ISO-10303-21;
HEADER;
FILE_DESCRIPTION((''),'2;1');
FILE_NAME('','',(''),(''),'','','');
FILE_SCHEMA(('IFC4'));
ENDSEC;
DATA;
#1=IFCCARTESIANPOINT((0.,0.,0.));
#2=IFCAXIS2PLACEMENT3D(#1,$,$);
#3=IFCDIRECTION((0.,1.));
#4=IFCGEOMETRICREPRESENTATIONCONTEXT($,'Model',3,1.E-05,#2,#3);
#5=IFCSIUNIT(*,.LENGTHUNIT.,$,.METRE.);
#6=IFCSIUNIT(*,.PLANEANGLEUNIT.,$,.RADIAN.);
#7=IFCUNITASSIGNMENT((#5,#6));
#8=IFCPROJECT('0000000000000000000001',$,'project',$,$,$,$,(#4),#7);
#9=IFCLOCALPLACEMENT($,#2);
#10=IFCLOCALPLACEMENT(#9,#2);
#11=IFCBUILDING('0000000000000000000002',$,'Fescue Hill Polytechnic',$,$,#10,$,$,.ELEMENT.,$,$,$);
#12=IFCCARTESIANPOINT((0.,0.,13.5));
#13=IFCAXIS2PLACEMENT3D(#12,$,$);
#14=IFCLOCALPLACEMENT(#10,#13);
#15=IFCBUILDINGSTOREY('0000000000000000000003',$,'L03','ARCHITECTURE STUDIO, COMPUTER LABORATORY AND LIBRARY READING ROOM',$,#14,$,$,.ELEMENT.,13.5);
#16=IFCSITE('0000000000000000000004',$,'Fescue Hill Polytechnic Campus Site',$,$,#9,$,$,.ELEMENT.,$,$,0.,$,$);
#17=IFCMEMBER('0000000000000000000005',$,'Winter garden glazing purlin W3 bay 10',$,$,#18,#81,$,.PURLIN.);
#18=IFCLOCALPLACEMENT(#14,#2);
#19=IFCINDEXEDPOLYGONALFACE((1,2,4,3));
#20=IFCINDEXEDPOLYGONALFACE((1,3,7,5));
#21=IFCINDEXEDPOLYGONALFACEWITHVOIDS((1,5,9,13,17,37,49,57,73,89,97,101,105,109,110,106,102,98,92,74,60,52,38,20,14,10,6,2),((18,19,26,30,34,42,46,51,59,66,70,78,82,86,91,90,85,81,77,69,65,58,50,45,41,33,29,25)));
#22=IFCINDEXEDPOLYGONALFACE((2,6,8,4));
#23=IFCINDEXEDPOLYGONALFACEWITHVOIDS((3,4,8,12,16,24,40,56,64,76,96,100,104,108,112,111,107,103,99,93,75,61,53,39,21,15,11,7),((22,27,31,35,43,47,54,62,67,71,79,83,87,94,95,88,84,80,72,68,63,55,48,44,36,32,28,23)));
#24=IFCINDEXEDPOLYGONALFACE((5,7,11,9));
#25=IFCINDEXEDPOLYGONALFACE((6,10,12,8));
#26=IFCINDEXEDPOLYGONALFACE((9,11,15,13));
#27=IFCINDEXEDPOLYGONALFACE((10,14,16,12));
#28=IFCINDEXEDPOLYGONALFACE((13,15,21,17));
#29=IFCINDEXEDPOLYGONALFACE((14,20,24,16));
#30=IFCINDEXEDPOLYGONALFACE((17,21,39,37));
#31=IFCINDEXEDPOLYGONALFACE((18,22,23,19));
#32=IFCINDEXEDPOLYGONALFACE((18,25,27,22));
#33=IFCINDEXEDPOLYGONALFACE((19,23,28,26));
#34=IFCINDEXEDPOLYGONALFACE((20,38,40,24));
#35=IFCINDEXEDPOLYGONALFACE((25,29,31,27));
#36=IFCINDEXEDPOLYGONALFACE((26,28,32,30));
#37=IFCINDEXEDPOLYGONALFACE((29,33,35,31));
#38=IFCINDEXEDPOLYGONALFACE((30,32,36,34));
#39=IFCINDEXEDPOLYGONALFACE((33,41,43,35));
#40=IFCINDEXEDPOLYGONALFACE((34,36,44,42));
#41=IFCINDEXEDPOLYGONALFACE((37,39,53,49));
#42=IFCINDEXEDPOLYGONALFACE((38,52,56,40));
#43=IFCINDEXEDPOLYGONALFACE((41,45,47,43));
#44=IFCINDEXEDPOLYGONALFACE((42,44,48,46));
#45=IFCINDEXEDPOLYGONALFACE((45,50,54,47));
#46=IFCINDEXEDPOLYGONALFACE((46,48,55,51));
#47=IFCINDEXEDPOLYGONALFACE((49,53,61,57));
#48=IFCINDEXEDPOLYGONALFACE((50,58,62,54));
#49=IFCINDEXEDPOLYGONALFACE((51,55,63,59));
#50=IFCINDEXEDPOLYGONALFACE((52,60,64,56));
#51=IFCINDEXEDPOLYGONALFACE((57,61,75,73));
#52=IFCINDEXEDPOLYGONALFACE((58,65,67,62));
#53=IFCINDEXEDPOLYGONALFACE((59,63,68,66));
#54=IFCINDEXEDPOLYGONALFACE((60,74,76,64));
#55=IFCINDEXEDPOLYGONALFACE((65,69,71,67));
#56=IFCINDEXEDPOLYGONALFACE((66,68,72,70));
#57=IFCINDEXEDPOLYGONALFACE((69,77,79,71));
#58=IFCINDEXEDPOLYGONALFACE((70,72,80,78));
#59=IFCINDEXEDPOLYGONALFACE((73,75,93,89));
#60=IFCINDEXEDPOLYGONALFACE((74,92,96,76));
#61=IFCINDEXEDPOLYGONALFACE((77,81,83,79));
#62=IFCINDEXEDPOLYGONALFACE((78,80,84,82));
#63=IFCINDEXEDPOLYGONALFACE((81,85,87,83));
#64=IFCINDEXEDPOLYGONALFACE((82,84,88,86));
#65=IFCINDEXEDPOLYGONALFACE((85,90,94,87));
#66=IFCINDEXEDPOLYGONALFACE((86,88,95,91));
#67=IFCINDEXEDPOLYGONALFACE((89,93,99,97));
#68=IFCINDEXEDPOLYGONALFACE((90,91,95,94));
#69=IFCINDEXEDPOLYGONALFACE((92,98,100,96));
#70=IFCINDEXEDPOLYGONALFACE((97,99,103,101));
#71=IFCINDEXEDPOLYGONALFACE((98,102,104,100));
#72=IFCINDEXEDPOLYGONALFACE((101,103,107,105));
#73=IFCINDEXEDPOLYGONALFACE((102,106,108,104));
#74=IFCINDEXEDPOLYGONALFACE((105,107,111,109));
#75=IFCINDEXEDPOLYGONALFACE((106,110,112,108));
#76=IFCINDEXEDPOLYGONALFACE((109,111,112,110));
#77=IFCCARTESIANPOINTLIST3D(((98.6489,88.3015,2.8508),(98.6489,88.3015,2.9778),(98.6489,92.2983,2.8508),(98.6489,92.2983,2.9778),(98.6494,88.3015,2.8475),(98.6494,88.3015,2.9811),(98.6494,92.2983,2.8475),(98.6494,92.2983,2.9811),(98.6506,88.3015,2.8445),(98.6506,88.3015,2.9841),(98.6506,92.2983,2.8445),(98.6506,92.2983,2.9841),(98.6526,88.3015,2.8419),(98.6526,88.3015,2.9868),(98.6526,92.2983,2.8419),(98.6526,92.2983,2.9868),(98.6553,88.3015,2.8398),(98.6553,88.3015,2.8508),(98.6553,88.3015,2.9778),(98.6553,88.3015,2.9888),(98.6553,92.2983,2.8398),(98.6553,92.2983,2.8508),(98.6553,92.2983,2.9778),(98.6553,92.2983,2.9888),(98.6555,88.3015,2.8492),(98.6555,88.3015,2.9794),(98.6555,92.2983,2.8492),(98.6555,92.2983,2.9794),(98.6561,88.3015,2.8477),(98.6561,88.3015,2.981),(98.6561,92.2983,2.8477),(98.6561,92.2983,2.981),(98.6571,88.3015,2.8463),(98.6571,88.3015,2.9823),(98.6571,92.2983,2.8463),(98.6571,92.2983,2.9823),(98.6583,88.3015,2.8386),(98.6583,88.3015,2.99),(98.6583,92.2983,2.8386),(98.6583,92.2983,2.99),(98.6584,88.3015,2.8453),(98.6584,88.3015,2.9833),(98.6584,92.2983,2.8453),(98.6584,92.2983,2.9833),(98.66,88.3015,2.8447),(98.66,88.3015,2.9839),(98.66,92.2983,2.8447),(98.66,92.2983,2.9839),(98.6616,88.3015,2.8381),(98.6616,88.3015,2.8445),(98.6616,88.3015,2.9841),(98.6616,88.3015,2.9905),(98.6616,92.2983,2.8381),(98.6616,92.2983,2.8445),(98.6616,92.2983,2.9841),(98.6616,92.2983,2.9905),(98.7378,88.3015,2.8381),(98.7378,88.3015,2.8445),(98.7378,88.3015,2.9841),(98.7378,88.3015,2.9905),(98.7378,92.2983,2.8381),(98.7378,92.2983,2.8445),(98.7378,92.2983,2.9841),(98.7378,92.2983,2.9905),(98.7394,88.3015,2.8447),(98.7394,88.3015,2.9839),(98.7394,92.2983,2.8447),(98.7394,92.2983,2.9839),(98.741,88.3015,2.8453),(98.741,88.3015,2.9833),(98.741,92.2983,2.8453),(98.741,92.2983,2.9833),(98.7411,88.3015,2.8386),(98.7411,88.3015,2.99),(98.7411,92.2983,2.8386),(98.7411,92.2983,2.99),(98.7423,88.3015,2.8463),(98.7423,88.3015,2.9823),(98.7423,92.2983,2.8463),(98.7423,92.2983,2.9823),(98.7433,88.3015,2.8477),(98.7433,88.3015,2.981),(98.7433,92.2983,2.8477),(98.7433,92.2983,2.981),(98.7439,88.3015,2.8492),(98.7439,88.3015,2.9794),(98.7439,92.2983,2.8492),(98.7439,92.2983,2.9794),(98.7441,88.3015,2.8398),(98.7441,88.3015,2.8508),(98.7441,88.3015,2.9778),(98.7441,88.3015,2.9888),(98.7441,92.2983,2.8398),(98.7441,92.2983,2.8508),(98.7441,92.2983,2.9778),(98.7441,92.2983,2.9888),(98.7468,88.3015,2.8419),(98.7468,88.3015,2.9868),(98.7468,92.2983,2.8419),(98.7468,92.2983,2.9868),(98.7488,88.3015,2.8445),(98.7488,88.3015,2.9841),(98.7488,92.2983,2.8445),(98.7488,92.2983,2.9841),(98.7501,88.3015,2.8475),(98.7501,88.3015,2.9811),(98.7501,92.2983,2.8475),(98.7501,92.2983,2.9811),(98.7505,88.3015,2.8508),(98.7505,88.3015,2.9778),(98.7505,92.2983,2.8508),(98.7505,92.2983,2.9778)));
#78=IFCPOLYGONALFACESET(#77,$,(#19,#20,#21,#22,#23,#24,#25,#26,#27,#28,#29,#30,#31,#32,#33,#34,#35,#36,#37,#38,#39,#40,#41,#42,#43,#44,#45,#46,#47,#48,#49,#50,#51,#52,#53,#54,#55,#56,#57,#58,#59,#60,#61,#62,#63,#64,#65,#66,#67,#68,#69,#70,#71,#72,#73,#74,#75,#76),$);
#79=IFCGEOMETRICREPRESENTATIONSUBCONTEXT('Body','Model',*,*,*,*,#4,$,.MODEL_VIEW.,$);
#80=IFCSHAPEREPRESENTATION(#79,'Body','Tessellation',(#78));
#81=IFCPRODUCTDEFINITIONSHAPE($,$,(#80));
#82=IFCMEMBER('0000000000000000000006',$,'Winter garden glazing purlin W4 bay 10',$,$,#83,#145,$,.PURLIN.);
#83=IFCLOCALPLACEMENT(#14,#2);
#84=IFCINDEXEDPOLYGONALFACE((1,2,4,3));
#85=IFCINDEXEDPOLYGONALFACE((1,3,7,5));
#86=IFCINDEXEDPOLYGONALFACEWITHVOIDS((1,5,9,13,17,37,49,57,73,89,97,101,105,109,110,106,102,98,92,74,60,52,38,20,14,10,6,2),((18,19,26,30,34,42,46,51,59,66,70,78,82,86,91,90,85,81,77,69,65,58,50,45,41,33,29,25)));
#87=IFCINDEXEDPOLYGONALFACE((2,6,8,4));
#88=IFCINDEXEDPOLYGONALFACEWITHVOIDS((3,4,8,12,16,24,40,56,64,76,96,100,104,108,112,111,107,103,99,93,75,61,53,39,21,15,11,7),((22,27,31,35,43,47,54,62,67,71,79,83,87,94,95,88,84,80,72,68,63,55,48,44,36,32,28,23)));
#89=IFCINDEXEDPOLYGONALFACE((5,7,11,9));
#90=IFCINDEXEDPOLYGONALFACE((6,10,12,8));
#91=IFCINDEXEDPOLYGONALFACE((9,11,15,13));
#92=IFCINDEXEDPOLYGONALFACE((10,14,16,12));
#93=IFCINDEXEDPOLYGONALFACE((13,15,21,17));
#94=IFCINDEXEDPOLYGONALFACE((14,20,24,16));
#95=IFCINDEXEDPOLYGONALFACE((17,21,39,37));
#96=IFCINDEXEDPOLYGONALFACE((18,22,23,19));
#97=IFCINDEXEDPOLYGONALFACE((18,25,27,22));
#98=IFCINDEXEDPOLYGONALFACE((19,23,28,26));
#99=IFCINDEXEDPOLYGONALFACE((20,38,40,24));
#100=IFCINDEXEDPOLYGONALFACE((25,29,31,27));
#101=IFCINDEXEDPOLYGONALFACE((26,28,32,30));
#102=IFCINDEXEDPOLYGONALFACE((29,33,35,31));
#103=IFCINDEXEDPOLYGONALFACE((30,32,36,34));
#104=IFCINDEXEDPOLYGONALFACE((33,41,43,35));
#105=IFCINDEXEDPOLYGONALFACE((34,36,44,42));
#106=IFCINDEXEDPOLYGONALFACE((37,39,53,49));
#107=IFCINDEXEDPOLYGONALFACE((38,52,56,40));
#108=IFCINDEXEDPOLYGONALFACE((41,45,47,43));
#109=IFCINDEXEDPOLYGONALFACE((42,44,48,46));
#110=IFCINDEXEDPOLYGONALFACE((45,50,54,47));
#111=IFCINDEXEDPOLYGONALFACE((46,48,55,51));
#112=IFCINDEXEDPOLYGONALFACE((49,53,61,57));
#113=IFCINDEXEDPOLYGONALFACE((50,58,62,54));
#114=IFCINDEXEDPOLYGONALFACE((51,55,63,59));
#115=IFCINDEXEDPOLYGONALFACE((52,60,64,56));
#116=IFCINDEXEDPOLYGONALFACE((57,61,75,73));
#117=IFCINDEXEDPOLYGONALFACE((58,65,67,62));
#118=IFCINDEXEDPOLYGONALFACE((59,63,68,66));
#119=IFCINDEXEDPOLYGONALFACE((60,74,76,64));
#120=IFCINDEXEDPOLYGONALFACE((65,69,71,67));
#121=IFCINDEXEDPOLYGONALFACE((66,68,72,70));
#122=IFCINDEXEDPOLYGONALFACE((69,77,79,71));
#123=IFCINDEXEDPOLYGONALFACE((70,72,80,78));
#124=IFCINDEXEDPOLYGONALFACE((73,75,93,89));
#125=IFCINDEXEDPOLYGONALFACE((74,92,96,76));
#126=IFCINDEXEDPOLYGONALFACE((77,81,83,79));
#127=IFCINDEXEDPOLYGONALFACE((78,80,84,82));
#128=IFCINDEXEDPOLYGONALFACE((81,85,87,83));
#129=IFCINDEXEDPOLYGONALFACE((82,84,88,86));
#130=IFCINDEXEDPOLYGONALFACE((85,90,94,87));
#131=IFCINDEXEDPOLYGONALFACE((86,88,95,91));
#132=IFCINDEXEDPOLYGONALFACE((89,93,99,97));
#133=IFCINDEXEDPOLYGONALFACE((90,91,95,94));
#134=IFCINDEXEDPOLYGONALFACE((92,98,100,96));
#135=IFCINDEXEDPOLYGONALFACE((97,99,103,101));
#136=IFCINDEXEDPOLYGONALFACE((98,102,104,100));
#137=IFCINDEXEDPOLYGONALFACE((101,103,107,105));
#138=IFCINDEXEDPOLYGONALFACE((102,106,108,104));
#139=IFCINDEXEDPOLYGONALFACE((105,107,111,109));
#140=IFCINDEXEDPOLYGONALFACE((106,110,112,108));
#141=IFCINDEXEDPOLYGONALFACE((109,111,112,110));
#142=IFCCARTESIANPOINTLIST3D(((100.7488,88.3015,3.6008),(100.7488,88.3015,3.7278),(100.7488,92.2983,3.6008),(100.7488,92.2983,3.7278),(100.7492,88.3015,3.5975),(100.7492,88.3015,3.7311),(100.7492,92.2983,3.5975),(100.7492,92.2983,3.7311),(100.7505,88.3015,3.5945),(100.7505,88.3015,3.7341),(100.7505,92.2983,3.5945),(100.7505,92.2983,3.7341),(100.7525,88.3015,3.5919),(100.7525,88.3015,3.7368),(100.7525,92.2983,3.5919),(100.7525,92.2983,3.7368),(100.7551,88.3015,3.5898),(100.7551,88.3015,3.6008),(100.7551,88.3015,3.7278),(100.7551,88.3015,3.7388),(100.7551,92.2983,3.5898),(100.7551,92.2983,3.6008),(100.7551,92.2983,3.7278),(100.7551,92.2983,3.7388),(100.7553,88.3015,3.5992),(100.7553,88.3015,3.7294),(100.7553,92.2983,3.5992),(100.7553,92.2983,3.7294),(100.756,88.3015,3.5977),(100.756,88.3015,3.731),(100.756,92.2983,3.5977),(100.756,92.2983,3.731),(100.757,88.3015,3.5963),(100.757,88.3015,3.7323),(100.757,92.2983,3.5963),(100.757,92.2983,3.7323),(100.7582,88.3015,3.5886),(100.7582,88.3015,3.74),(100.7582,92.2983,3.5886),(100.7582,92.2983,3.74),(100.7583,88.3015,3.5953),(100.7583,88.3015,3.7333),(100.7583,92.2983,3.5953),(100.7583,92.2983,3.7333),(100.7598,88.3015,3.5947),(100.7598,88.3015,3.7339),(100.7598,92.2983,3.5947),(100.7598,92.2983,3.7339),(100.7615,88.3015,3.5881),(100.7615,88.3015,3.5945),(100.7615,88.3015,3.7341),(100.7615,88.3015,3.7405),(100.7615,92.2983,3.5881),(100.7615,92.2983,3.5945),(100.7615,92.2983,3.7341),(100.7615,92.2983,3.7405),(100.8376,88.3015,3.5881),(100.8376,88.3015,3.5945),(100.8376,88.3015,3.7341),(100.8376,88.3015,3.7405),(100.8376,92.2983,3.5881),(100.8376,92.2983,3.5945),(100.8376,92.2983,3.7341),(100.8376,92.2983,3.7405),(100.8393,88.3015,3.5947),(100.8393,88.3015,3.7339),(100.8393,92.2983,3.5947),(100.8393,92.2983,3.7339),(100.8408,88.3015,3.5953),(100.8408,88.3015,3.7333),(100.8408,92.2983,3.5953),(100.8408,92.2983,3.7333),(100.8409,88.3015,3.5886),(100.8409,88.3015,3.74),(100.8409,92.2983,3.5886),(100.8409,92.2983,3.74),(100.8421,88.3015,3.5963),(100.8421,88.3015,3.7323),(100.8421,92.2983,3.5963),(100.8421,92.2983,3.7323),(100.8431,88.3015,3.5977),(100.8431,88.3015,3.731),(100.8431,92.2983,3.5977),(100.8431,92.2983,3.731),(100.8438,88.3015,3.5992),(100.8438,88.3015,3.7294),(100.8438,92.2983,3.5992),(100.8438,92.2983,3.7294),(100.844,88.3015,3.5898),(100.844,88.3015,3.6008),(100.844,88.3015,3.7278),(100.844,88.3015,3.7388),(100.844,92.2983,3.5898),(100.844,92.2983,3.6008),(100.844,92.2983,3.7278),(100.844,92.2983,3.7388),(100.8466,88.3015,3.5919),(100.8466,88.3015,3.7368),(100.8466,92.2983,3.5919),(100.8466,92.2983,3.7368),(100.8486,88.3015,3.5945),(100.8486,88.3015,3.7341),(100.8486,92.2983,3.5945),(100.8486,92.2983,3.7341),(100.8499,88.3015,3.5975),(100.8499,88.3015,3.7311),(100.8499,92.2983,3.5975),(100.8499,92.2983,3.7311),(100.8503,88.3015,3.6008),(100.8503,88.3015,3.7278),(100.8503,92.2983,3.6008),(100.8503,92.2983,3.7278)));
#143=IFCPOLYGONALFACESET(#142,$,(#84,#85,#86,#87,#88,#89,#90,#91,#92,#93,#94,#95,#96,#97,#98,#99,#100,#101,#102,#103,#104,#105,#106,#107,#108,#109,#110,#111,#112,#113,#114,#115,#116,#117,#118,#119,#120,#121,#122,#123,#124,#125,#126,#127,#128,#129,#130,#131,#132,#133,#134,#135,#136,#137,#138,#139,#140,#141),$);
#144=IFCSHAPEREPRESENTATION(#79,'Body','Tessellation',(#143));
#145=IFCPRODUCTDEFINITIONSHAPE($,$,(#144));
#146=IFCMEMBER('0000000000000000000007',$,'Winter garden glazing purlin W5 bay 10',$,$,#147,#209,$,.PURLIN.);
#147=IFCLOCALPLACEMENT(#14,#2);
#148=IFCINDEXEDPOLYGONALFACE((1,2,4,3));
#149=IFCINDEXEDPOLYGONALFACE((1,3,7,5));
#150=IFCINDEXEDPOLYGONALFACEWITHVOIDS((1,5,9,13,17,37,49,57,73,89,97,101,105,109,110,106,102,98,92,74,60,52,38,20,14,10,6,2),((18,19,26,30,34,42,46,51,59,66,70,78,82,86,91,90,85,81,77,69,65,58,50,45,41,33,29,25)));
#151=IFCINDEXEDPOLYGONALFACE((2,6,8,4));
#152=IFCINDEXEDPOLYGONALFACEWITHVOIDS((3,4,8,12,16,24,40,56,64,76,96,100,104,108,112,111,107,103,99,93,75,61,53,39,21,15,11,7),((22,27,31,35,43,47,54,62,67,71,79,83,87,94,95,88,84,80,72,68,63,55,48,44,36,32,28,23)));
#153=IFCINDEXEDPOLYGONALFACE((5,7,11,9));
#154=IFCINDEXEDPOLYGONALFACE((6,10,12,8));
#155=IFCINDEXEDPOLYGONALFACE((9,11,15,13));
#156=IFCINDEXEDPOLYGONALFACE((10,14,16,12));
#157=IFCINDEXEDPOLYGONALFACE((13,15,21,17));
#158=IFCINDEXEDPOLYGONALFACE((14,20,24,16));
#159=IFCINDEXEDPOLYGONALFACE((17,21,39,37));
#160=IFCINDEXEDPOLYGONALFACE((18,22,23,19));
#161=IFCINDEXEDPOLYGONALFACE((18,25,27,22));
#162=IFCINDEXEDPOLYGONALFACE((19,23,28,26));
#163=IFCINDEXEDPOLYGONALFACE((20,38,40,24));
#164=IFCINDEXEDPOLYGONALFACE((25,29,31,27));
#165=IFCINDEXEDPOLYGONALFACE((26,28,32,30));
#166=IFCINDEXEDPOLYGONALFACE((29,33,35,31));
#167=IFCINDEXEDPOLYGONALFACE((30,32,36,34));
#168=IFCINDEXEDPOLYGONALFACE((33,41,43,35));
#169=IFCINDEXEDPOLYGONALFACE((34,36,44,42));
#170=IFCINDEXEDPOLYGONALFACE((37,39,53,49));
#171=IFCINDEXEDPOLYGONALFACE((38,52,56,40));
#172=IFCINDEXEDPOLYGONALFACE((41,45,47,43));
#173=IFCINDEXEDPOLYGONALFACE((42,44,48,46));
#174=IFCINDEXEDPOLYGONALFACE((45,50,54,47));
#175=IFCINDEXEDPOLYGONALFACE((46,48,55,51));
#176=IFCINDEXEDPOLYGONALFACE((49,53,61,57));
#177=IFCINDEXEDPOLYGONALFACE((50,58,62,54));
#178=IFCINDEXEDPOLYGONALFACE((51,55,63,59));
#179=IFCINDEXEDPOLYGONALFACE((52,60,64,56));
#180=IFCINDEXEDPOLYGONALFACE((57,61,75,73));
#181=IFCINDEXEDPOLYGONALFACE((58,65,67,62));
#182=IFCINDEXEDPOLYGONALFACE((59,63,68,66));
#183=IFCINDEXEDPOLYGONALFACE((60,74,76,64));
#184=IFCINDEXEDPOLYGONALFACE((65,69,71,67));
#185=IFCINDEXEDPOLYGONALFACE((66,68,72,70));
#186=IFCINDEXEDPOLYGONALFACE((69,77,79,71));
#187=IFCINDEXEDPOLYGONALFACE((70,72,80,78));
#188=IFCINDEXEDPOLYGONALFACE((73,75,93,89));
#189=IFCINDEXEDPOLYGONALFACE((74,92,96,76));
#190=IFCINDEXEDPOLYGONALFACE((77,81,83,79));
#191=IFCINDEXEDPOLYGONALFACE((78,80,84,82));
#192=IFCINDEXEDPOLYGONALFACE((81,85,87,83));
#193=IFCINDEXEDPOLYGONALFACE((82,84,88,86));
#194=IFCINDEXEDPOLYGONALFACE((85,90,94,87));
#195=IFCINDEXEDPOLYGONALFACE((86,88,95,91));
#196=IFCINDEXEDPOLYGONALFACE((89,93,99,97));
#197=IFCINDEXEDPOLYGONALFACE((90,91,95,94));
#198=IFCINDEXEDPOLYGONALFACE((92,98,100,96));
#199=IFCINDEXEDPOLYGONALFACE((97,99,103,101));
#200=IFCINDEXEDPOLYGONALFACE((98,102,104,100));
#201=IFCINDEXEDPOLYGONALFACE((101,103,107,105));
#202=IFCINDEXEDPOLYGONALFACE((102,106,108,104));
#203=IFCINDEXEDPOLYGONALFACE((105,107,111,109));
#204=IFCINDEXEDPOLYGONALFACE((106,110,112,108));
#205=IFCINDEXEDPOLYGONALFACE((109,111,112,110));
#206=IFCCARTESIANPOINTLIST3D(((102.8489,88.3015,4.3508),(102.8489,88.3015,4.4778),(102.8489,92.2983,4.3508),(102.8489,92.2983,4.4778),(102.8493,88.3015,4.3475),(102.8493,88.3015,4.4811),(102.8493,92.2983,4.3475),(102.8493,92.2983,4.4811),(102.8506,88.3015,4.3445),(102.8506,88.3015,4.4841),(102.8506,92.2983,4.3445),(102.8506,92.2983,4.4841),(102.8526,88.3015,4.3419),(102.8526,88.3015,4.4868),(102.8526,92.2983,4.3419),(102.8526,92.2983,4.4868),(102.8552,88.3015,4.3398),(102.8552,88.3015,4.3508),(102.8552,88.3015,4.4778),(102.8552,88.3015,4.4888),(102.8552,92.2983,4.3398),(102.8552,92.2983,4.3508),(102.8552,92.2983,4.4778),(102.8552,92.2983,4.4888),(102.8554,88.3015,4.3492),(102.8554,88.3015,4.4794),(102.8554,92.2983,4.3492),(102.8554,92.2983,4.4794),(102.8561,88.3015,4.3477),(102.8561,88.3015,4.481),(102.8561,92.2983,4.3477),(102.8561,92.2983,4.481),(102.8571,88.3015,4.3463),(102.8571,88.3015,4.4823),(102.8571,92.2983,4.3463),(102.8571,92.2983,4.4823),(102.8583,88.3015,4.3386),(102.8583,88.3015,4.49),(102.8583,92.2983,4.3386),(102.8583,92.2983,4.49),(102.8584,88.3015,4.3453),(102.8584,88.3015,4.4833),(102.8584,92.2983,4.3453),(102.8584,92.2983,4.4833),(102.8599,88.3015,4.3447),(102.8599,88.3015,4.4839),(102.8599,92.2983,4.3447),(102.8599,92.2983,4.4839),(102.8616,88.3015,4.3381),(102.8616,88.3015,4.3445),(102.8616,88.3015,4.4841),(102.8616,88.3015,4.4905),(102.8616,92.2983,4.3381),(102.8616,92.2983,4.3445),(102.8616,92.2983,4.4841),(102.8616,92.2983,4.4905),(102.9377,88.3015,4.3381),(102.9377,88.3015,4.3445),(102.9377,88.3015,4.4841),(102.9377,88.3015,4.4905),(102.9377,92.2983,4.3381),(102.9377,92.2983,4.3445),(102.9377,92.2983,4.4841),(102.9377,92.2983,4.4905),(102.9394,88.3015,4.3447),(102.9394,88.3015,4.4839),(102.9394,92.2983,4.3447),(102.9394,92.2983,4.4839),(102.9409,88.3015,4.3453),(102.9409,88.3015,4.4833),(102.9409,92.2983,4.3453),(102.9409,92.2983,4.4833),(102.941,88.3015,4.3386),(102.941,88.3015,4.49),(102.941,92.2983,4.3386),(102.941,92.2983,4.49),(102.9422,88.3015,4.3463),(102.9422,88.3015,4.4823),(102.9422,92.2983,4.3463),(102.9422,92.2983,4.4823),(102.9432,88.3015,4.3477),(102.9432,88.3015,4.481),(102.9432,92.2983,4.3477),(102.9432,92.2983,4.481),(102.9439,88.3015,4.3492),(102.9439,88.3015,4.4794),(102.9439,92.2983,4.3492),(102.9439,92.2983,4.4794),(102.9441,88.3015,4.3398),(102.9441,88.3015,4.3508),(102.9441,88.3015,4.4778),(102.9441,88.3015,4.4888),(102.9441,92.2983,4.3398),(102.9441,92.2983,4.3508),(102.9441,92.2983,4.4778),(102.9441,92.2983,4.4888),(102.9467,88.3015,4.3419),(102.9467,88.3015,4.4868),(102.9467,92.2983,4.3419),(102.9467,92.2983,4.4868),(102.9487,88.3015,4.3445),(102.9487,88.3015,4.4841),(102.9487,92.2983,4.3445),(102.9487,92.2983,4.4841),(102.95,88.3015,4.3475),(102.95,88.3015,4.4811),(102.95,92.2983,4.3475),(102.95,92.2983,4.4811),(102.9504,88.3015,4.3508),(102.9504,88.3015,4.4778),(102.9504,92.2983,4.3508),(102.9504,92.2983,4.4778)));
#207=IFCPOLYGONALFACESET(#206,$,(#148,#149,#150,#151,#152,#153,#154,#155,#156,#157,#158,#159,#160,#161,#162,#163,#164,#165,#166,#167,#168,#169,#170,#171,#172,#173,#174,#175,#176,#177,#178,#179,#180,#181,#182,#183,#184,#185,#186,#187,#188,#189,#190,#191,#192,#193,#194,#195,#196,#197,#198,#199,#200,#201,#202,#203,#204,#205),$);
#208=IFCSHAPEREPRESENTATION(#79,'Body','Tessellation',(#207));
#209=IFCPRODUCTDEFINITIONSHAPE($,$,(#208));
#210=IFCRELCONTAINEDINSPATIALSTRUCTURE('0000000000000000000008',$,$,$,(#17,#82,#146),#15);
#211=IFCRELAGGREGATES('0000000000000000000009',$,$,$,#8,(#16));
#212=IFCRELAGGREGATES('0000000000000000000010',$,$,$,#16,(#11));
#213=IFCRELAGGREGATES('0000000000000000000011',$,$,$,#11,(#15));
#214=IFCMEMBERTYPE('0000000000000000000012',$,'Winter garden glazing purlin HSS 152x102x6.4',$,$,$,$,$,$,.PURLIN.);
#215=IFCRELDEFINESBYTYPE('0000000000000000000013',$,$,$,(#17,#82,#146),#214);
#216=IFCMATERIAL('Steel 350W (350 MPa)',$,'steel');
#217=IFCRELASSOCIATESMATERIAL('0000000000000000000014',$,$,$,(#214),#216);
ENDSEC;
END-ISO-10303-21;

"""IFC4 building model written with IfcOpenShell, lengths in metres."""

from ifc_helpers import new_model, si_unit, direction, frame, origin, origin_2d, place, context, subcontext, project, spatial, hollow_rectangle, extrude, material, material_profile, profile_set, type_object, element, save


model = new_model("IFC4")

# Units and contexts
model_context = context("Model", 3, precision=1e-05, world=origin(), true_north=direction((0.0, 1.0)))
body_context = subcontext(model_context, "Body", "Model", "MODEL_VIEW")
ifc_project = project(units=[si_unit("LENGTHUNIT", "METRE"), si_unit("PLANEANGLEUNIT", "RADIAN")], contexts=[model_context])

# Site, building, storey
site_placement = place(None, origin())
site = spatial("IfcSite", under=ifc_project, at=site_placement, Name="Fescue Hill Polytechnic Campus Site", CompositionType="ELEMENT", RefElevation=0.0)
building_placement = place(site_placement, origin())
building = spatial("IfcBuilding", under=site, at=building_placement, Name="Fescue Hill Polytechnic", CompositionType="ELEMENT")
storey_placement = place(building_placement, frame((0.0, 0.0, 13.5)))
storey = spatial("IfcBuildingStorey", under=building, at=storey_placement, Name="L03", Description="ARCHITECTURE STUDIO, COMPUTER LABORATORY AND LIBRARY READING ROOM", CompositionType="ELEMENT", Elevation=13.5)

# Members
ifc_material_1 = material(Name="Steel 350W (350 MPa)", Category="steel")
ifc_material_profile_1 = material_profile(ifc_material_1, hollow_rectangle(XDim=0.1016, YDim=0.1523, WallThickness=0.0063, InnerFilletRadius=0.0063, OuterFilletRadius=0.0127, at=origin_2d()), Name="Winter garden glazing purlin HSS 152x102x6.4")
ifc_profile_set_1 = profile_set([ifc_material_profile_1], Name="Steel 350W (350 MPa)")
member_type_1 = type_object("IfcMemberType", Name="Winter garden glazing purlin HSS 152x102x6.4", PredefinedType="PURLIN", material=ifc_profile_set_1)
for number, where, z_axis, x_axis, name in (
    (1, (98.6997, 88.3015, 2.9143), (0.0, 1.0, 0.0), (-1.0, 0.0, 0.0), "Winter garden glazing purlin W3 bay 10"),
    (2, (100.7996, 88.3015, 3.6643), (0.0, 1.0, 0.0), (-1.0, 0.0, 0.0), "Winter garden glazing purlin W4 bay 10"),
    (3, (102.8997, 88.3015, 4.4143), (0.0, 1.0, 0.0), (-1.0, 0.0, 0.0), "Winter garden glazing purlin W5 bay 10"),
):
    element("IfcMember", number, at=place(storey_placement, frame(where, z_axis=z_axis, x_axis=x_axis)), inside=storey, type_object=member_type_1, Name=name, PredefinedType="PURLIN", context=body_context, shape_type="SweptSolid", body=[
        extrude(hollow_rectangle(XDim=0.1016, YDim=0.1523, WallThickness=0.0063, InnerFilletRadius=0.0063, OuterFilletRadius=0.0127, at=origin_2d()), origin(), (0.0, 0.0, 1.0), 3.9968),
    ])

save(model, "model.ifc")
